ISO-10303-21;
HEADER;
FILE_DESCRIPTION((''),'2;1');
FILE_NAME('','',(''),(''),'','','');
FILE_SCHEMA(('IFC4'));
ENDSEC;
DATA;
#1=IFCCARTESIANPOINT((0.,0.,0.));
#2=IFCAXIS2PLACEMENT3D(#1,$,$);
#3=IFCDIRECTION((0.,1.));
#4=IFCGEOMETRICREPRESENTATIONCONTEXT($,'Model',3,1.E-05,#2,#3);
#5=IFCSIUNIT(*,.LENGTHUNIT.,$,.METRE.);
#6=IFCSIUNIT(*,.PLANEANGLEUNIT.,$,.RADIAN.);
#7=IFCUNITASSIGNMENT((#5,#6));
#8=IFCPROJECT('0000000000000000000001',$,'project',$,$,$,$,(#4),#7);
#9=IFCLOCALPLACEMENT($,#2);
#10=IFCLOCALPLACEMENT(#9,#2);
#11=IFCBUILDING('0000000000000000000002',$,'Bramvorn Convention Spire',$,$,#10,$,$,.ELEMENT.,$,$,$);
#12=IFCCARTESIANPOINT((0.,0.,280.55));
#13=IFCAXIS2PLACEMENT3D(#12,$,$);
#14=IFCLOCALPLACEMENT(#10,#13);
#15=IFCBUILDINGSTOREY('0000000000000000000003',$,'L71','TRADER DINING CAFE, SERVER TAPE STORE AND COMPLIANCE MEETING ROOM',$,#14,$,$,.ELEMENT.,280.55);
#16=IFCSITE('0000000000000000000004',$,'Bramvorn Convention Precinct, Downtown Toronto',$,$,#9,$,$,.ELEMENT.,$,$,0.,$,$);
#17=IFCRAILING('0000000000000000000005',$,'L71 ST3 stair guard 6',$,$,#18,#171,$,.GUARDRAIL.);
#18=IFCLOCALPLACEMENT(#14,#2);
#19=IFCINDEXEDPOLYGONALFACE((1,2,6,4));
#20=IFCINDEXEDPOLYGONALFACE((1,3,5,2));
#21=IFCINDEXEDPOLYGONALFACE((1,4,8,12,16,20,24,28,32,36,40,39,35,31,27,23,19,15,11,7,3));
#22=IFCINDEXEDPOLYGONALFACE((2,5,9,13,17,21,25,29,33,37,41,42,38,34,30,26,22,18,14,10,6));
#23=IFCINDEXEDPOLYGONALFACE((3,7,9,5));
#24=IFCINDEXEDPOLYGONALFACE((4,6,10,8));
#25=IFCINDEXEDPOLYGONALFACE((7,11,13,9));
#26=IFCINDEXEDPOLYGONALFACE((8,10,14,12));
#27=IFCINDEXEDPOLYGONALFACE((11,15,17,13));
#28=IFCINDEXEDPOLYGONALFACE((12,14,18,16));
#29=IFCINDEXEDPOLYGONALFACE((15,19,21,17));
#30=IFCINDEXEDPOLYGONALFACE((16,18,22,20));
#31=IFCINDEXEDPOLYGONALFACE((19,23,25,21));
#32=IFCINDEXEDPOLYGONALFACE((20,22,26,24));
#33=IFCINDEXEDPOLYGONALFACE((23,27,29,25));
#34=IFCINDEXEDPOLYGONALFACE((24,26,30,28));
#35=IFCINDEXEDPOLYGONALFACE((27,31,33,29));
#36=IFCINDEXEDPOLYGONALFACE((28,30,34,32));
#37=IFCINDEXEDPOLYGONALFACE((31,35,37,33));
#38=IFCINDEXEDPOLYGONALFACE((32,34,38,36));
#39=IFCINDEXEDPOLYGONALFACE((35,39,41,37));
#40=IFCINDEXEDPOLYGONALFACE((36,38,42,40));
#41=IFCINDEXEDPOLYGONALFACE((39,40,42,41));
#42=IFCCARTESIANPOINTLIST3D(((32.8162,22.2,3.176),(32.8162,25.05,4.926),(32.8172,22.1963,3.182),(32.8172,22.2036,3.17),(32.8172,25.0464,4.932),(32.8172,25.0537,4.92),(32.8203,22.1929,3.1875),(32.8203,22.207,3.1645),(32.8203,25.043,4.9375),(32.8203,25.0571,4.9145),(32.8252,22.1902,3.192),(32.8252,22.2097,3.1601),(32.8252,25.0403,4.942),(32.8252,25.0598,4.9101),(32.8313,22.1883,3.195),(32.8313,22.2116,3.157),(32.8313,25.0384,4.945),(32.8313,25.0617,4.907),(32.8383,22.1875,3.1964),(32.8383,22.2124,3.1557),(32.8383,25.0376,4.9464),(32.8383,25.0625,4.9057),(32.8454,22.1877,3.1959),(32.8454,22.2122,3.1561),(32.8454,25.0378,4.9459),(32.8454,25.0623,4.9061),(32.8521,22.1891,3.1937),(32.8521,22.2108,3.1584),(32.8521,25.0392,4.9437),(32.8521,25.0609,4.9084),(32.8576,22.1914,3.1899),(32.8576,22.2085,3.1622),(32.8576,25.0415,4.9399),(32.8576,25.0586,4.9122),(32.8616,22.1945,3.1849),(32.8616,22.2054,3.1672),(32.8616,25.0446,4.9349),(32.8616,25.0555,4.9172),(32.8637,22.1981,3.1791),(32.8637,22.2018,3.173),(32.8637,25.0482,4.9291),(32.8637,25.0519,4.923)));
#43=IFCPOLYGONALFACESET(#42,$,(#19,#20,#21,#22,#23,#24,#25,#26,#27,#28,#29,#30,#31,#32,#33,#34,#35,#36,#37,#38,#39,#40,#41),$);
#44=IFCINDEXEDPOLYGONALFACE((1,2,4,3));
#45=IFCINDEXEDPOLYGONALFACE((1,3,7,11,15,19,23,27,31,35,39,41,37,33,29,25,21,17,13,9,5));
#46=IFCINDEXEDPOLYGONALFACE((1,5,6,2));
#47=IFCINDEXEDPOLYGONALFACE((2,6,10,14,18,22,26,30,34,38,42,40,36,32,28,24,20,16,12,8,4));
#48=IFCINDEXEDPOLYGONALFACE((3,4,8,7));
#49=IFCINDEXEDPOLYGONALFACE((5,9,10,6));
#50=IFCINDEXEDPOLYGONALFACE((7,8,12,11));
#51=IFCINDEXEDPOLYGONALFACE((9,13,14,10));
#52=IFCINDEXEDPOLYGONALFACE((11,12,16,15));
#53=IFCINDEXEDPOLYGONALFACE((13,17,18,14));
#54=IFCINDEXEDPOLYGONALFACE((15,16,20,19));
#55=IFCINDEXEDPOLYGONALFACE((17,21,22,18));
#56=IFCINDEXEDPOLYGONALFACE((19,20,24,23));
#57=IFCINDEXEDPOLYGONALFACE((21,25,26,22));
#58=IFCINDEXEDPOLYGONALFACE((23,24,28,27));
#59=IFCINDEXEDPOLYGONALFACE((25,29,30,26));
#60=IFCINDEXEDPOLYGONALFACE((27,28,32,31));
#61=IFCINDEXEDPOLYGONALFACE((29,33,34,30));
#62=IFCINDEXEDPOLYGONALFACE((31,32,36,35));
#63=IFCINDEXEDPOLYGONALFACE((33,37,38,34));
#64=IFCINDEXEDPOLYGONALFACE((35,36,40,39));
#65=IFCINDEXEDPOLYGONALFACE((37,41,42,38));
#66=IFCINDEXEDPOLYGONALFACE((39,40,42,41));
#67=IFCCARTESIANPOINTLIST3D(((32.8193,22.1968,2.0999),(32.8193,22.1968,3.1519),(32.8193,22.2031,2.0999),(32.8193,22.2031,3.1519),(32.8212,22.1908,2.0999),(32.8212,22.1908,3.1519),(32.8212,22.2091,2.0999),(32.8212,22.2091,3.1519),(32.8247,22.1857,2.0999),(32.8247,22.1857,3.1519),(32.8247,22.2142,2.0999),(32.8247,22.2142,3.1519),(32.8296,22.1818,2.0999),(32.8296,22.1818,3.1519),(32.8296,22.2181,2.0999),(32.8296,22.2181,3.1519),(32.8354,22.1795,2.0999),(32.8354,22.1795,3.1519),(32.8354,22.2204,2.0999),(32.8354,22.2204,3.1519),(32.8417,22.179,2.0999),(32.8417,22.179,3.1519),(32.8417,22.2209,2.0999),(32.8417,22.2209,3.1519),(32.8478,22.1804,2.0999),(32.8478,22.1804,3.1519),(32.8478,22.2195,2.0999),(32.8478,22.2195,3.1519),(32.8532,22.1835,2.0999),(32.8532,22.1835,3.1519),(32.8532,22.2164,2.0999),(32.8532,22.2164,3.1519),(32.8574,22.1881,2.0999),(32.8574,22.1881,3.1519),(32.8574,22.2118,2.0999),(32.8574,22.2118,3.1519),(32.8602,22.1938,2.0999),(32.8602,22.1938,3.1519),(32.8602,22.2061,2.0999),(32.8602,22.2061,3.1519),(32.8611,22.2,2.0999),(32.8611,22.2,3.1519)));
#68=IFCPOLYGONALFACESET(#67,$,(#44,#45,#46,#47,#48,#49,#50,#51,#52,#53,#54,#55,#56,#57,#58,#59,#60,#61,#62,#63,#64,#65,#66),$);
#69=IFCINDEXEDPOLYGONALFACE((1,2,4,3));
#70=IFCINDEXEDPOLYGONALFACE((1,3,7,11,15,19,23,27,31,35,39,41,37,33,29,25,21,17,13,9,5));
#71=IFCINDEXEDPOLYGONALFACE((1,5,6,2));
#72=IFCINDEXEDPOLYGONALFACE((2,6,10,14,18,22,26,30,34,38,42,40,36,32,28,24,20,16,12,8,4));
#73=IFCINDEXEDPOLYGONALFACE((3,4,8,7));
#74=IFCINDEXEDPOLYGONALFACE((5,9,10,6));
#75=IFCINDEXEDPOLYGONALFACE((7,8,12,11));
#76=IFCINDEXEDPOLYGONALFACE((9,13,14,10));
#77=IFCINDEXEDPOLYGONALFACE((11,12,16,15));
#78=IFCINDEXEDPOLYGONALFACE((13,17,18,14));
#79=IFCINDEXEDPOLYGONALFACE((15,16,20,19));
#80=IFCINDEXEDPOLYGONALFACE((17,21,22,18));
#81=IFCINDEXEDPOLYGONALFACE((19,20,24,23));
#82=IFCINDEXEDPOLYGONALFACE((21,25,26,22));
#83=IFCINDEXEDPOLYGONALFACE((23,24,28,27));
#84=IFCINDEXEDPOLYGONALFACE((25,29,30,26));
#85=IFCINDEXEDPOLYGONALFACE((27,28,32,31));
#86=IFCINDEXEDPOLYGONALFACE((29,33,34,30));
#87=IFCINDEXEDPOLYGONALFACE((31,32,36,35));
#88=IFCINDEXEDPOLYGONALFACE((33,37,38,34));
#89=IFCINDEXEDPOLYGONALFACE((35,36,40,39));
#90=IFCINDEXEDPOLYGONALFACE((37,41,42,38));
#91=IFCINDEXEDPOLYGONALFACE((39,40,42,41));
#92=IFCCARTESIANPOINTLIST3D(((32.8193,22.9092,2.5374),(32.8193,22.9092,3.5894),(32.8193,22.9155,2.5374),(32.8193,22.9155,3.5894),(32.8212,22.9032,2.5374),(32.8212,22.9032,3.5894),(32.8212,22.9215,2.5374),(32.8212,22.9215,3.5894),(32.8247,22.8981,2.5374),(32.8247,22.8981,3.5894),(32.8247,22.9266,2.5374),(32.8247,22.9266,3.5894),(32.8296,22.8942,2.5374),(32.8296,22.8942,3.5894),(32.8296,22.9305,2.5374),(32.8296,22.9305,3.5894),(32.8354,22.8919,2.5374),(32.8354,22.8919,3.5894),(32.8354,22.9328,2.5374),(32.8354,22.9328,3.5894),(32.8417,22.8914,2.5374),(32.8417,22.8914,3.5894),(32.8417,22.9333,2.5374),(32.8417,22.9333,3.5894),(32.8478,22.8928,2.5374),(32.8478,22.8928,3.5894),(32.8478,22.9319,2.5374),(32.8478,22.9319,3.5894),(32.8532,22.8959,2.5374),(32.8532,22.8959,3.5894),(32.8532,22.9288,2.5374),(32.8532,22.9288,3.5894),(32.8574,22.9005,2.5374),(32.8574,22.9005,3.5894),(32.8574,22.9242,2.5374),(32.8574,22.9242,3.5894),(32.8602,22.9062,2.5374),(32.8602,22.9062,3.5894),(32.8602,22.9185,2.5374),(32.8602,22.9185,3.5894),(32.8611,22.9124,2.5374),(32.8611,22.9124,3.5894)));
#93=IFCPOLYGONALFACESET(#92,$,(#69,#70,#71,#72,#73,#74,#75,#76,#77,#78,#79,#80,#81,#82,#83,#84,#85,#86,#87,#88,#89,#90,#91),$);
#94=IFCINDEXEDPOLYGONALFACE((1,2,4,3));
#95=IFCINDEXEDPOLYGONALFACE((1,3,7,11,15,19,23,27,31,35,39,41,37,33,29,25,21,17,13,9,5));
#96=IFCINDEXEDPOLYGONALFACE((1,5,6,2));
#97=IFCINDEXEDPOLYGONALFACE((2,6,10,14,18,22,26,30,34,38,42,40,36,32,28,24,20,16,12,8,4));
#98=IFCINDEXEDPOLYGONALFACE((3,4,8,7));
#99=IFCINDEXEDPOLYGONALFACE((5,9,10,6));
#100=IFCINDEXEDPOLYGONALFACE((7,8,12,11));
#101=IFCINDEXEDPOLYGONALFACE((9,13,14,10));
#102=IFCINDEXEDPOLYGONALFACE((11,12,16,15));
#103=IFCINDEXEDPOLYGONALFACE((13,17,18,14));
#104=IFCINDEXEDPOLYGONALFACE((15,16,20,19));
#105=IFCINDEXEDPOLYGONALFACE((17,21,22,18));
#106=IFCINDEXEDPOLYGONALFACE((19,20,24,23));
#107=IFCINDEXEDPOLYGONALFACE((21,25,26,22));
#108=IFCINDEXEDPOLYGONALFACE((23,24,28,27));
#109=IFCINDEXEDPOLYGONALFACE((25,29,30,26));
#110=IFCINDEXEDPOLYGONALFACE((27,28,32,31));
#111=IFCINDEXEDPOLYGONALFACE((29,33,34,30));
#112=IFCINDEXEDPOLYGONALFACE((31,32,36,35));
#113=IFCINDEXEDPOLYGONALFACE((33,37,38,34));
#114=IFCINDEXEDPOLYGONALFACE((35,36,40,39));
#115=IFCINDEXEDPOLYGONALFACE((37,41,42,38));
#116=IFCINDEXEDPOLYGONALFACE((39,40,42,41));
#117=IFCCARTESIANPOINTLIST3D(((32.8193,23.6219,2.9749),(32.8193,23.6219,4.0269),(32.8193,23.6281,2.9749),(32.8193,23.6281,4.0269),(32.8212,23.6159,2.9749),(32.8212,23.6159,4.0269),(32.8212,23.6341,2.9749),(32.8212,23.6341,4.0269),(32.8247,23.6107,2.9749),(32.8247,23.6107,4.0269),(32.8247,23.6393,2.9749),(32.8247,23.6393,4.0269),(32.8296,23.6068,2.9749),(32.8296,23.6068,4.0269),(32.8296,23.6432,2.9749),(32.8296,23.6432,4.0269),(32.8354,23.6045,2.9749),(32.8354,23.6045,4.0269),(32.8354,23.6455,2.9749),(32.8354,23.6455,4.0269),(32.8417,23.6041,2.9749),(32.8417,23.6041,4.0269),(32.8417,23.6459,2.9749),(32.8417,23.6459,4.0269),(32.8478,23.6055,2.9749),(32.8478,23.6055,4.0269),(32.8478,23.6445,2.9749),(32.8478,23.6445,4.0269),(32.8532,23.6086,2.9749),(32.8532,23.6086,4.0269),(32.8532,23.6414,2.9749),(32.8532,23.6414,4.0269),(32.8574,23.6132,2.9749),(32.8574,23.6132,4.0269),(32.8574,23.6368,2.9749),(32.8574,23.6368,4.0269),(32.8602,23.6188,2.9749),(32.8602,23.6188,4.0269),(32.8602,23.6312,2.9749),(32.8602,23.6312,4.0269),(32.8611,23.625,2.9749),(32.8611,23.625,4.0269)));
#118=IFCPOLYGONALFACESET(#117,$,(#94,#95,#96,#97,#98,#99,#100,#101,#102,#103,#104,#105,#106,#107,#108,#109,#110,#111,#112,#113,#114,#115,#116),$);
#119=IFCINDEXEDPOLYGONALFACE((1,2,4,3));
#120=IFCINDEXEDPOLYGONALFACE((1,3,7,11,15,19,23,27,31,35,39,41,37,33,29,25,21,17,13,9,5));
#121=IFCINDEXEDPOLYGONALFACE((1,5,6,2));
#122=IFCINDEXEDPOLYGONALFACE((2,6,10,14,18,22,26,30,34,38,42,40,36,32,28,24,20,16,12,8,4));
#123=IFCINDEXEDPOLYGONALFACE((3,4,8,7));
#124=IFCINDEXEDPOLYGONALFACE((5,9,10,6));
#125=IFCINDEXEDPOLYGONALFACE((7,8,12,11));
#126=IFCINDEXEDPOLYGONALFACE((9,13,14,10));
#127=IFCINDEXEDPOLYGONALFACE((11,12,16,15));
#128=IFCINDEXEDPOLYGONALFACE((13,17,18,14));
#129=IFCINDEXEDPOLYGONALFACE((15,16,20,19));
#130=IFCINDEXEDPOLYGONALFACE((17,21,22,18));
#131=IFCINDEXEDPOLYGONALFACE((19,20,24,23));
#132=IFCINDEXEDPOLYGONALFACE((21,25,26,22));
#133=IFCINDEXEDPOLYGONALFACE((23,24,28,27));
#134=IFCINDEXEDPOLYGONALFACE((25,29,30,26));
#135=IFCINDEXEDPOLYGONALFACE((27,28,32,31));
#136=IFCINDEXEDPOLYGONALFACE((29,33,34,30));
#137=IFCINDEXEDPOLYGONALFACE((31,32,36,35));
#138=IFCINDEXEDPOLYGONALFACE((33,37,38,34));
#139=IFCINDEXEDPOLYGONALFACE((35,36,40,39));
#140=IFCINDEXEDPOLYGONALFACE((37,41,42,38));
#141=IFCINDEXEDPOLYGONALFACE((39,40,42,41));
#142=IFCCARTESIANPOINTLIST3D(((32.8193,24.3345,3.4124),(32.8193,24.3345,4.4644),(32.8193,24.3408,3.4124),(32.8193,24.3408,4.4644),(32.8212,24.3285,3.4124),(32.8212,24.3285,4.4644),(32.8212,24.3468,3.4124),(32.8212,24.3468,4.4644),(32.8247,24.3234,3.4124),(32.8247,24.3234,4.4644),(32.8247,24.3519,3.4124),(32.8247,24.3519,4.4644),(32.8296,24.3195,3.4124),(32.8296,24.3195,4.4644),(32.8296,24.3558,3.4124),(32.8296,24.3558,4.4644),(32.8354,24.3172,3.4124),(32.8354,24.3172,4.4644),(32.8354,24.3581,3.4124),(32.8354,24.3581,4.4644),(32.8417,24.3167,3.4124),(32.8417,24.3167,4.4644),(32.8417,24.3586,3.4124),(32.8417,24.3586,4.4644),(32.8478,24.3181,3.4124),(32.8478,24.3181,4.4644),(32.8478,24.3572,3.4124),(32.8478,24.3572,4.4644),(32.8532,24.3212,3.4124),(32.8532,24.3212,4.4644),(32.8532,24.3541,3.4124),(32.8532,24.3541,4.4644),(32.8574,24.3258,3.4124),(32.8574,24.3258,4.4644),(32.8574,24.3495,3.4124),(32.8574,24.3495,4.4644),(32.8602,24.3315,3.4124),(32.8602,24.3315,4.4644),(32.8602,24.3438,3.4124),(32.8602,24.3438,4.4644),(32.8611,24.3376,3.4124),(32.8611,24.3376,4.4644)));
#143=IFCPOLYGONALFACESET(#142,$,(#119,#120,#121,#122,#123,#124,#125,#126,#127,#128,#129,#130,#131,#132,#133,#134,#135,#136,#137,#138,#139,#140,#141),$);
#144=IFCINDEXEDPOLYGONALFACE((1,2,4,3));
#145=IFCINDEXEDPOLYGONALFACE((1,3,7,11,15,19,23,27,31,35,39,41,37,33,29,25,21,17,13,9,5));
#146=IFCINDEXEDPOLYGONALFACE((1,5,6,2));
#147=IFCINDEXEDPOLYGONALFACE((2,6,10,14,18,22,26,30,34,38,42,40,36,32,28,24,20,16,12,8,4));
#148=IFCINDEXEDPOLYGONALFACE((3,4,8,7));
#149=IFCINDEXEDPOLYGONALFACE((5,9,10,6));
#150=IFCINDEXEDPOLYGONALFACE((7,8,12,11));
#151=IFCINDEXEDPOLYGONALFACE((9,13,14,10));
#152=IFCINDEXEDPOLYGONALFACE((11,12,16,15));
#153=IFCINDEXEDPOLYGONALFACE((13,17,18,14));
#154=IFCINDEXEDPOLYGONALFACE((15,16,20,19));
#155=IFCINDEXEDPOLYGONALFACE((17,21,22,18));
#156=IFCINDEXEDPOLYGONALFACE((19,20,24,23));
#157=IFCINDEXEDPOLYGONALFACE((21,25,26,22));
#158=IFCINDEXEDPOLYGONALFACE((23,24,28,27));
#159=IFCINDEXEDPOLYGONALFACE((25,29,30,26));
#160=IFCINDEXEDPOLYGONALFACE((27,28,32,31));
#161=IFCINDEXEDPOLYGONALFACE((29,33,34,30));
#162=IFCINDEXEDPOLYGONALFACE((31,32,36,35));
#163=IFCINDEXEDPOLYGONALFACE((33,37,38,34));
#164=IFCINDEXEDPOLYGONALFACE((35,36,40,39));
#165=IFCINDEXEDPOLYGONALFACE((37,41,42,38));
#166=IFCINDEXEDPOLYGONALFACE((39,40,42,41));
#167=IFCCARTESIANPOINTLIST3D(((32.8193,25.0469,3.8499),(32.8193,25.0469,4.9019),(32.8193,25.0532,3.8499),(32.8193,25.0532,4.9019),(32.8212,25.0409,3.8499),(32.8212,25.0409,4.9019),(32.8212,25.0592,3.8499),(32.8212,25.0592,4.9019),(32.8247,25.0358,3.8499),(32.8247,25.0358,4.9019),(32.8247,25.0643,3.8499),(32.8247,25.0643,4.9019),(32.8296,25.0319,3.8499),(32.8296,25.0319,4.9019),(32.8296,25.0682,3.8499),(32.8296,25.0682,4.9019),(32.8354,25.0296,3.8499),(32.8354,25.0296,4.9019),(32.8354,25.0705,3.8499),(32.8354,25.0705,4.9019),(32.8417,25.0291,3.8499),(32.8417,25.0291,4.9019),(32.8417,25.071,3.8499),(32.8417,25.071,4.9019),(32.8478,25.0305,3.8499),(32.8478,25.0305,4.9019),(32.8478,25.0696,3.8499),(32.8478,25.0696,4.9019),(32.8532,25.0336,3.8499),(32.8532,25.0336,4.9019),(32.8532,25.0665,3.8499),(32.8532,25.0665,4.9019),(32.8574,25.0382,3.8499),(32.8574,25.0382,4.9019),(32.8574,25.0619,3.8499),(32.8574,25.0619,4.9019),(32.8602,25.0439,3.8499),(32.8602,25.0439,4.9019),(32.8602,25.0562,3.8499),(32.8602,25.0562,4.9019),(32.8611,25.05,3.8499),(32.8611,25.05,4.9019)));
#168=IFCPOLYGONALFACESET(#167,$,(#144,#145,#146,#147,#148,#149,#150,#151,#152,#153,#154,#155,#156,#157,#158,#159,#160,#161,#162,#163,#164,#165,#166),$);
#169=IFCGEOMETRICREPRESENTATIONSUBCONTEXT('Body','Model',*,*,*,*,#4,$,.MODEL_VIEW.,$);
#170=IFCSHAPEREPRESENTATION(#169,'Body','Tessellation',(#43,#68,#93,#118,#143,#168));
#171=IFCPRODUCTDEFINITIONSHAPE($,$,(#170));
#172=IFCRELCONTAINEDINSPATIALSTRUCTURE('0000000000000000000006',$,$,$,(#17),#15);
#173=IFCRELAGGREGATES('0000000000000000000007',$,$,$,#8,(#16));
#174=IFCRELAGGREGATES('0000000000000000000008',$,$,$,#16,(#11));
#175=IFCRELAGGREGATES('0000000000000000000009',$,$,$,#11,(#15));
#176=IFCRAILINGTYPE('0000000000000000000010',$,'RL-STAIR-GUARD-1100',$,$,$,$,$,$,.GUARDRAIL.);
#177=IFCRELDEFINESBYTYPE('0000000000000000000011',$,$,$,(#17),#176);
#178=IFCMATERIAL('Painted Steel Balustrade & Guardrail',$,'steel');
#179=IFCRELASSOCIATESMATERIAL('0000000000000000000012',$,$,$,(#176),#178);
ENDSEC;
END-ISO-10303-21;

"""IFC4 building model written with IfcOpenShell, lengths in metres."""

from ifc_helpers import new_model, si_unit, direction, frame, origin, origin_2d, place, context, subcontext, project, spatial, circle, extrude, material, type_object, element, save


model = new_model("IFC4")

# Units and contexts
model_context = context("Model", 3, precision=1e-05, world=origin(), true_north=direction((0.0, 1.0)))
body_context = subcontext(model_context, "Body", "Model", "MODEL_VIEW")
ifc_project = project(units=[si_unit("LENGTHUNIT", "METRE"), si_unit("PLANEANGLEUNIT", "RADIAN")], contexts=[model_context])

# Site, building, storey
site_placement = place(None, origin())
site = spatial("IfcSite", under=ifc_project, at=site_placement, Name="Bramvorn Convention Precinct, Downtown Toronto", CompositionType="ELEMENT", RefElevation=0.0)
building_placement = place(site_placement, origin())
building = spatial("IfcBuilding", under=site, at=building_placement, Name="Bramvorn Convention Spire", CompositionType="ELEMENT")
storey_placement = place(building_placement, frame((0.0, 0.0, 280.55)))
storey = spatial("IfcBuildingStorey", under=building, at=storey_placement, Name="L71", Description="TRADER DINING CAFE, SERVER TAPE STORE AND COMPLIANCE MEETING ROOM", CompositionType="ELEMENT", Elevation=280.55)

# Railing
ifc_material_1 = material(Name="Painted Steel Balustrade & Guardrail", Category="steel")
railing_type_1 = type_object("IfcRailingType", Name="RL-STAIR-GUARD-1100", PredefinedType="GUARDRAIL", material=ifc_material_1)
railing_1_placement = place(storey_placement, frame((32.8401, 22.2, 2.0999)))
element("IfcRailing", 1, at=railing_1_placement, inside=storey, type_object=railing_type_1, Name="L71 ST3 stair guard 6", PredefinedType="GUARDRAIL", context=body_context, shape_type="SweptSolid", body=[
    extrude(circle(Radius=0.0239, at=origin_2d()), frame((0.0, 0.0, 1.0762), z_axis=(0.0, 0.852179, 0.52325), x_axis=(-1.0, 0.0, 0.0)), (0.0, 0.0, 1.0), 3.3445),
    extrude(circle(Radius=0.021, at=origin_2d()), origin(), (0.0, 0.0, 1.0), 1.052),
    extrude(circle(Radius=0.021, at=origin_2d()), frame((0.0, 0.7124, 0.4375)), (0.0, 0.0, 1.0), 1.052),
    extrude(circle(Radius=0.021, at=origin_2d()), frame((0.0, 1.425, 0.875)), (0.0, 0.0, 1.0), 1.052),
    extrude(circle(Radius=0.021, at=origin_2d()), frame((0.0, 2.1377, 1.3125)), (0.0, 0.0, 1.0), 1.052),
    extrude(circle(Radius=0.021, at=origin_2d()), frame((0.0, 2.8501, 1.75)), (0.0, 0.0, 1.0), 1.052),
])

save(model, "model.ifc")
